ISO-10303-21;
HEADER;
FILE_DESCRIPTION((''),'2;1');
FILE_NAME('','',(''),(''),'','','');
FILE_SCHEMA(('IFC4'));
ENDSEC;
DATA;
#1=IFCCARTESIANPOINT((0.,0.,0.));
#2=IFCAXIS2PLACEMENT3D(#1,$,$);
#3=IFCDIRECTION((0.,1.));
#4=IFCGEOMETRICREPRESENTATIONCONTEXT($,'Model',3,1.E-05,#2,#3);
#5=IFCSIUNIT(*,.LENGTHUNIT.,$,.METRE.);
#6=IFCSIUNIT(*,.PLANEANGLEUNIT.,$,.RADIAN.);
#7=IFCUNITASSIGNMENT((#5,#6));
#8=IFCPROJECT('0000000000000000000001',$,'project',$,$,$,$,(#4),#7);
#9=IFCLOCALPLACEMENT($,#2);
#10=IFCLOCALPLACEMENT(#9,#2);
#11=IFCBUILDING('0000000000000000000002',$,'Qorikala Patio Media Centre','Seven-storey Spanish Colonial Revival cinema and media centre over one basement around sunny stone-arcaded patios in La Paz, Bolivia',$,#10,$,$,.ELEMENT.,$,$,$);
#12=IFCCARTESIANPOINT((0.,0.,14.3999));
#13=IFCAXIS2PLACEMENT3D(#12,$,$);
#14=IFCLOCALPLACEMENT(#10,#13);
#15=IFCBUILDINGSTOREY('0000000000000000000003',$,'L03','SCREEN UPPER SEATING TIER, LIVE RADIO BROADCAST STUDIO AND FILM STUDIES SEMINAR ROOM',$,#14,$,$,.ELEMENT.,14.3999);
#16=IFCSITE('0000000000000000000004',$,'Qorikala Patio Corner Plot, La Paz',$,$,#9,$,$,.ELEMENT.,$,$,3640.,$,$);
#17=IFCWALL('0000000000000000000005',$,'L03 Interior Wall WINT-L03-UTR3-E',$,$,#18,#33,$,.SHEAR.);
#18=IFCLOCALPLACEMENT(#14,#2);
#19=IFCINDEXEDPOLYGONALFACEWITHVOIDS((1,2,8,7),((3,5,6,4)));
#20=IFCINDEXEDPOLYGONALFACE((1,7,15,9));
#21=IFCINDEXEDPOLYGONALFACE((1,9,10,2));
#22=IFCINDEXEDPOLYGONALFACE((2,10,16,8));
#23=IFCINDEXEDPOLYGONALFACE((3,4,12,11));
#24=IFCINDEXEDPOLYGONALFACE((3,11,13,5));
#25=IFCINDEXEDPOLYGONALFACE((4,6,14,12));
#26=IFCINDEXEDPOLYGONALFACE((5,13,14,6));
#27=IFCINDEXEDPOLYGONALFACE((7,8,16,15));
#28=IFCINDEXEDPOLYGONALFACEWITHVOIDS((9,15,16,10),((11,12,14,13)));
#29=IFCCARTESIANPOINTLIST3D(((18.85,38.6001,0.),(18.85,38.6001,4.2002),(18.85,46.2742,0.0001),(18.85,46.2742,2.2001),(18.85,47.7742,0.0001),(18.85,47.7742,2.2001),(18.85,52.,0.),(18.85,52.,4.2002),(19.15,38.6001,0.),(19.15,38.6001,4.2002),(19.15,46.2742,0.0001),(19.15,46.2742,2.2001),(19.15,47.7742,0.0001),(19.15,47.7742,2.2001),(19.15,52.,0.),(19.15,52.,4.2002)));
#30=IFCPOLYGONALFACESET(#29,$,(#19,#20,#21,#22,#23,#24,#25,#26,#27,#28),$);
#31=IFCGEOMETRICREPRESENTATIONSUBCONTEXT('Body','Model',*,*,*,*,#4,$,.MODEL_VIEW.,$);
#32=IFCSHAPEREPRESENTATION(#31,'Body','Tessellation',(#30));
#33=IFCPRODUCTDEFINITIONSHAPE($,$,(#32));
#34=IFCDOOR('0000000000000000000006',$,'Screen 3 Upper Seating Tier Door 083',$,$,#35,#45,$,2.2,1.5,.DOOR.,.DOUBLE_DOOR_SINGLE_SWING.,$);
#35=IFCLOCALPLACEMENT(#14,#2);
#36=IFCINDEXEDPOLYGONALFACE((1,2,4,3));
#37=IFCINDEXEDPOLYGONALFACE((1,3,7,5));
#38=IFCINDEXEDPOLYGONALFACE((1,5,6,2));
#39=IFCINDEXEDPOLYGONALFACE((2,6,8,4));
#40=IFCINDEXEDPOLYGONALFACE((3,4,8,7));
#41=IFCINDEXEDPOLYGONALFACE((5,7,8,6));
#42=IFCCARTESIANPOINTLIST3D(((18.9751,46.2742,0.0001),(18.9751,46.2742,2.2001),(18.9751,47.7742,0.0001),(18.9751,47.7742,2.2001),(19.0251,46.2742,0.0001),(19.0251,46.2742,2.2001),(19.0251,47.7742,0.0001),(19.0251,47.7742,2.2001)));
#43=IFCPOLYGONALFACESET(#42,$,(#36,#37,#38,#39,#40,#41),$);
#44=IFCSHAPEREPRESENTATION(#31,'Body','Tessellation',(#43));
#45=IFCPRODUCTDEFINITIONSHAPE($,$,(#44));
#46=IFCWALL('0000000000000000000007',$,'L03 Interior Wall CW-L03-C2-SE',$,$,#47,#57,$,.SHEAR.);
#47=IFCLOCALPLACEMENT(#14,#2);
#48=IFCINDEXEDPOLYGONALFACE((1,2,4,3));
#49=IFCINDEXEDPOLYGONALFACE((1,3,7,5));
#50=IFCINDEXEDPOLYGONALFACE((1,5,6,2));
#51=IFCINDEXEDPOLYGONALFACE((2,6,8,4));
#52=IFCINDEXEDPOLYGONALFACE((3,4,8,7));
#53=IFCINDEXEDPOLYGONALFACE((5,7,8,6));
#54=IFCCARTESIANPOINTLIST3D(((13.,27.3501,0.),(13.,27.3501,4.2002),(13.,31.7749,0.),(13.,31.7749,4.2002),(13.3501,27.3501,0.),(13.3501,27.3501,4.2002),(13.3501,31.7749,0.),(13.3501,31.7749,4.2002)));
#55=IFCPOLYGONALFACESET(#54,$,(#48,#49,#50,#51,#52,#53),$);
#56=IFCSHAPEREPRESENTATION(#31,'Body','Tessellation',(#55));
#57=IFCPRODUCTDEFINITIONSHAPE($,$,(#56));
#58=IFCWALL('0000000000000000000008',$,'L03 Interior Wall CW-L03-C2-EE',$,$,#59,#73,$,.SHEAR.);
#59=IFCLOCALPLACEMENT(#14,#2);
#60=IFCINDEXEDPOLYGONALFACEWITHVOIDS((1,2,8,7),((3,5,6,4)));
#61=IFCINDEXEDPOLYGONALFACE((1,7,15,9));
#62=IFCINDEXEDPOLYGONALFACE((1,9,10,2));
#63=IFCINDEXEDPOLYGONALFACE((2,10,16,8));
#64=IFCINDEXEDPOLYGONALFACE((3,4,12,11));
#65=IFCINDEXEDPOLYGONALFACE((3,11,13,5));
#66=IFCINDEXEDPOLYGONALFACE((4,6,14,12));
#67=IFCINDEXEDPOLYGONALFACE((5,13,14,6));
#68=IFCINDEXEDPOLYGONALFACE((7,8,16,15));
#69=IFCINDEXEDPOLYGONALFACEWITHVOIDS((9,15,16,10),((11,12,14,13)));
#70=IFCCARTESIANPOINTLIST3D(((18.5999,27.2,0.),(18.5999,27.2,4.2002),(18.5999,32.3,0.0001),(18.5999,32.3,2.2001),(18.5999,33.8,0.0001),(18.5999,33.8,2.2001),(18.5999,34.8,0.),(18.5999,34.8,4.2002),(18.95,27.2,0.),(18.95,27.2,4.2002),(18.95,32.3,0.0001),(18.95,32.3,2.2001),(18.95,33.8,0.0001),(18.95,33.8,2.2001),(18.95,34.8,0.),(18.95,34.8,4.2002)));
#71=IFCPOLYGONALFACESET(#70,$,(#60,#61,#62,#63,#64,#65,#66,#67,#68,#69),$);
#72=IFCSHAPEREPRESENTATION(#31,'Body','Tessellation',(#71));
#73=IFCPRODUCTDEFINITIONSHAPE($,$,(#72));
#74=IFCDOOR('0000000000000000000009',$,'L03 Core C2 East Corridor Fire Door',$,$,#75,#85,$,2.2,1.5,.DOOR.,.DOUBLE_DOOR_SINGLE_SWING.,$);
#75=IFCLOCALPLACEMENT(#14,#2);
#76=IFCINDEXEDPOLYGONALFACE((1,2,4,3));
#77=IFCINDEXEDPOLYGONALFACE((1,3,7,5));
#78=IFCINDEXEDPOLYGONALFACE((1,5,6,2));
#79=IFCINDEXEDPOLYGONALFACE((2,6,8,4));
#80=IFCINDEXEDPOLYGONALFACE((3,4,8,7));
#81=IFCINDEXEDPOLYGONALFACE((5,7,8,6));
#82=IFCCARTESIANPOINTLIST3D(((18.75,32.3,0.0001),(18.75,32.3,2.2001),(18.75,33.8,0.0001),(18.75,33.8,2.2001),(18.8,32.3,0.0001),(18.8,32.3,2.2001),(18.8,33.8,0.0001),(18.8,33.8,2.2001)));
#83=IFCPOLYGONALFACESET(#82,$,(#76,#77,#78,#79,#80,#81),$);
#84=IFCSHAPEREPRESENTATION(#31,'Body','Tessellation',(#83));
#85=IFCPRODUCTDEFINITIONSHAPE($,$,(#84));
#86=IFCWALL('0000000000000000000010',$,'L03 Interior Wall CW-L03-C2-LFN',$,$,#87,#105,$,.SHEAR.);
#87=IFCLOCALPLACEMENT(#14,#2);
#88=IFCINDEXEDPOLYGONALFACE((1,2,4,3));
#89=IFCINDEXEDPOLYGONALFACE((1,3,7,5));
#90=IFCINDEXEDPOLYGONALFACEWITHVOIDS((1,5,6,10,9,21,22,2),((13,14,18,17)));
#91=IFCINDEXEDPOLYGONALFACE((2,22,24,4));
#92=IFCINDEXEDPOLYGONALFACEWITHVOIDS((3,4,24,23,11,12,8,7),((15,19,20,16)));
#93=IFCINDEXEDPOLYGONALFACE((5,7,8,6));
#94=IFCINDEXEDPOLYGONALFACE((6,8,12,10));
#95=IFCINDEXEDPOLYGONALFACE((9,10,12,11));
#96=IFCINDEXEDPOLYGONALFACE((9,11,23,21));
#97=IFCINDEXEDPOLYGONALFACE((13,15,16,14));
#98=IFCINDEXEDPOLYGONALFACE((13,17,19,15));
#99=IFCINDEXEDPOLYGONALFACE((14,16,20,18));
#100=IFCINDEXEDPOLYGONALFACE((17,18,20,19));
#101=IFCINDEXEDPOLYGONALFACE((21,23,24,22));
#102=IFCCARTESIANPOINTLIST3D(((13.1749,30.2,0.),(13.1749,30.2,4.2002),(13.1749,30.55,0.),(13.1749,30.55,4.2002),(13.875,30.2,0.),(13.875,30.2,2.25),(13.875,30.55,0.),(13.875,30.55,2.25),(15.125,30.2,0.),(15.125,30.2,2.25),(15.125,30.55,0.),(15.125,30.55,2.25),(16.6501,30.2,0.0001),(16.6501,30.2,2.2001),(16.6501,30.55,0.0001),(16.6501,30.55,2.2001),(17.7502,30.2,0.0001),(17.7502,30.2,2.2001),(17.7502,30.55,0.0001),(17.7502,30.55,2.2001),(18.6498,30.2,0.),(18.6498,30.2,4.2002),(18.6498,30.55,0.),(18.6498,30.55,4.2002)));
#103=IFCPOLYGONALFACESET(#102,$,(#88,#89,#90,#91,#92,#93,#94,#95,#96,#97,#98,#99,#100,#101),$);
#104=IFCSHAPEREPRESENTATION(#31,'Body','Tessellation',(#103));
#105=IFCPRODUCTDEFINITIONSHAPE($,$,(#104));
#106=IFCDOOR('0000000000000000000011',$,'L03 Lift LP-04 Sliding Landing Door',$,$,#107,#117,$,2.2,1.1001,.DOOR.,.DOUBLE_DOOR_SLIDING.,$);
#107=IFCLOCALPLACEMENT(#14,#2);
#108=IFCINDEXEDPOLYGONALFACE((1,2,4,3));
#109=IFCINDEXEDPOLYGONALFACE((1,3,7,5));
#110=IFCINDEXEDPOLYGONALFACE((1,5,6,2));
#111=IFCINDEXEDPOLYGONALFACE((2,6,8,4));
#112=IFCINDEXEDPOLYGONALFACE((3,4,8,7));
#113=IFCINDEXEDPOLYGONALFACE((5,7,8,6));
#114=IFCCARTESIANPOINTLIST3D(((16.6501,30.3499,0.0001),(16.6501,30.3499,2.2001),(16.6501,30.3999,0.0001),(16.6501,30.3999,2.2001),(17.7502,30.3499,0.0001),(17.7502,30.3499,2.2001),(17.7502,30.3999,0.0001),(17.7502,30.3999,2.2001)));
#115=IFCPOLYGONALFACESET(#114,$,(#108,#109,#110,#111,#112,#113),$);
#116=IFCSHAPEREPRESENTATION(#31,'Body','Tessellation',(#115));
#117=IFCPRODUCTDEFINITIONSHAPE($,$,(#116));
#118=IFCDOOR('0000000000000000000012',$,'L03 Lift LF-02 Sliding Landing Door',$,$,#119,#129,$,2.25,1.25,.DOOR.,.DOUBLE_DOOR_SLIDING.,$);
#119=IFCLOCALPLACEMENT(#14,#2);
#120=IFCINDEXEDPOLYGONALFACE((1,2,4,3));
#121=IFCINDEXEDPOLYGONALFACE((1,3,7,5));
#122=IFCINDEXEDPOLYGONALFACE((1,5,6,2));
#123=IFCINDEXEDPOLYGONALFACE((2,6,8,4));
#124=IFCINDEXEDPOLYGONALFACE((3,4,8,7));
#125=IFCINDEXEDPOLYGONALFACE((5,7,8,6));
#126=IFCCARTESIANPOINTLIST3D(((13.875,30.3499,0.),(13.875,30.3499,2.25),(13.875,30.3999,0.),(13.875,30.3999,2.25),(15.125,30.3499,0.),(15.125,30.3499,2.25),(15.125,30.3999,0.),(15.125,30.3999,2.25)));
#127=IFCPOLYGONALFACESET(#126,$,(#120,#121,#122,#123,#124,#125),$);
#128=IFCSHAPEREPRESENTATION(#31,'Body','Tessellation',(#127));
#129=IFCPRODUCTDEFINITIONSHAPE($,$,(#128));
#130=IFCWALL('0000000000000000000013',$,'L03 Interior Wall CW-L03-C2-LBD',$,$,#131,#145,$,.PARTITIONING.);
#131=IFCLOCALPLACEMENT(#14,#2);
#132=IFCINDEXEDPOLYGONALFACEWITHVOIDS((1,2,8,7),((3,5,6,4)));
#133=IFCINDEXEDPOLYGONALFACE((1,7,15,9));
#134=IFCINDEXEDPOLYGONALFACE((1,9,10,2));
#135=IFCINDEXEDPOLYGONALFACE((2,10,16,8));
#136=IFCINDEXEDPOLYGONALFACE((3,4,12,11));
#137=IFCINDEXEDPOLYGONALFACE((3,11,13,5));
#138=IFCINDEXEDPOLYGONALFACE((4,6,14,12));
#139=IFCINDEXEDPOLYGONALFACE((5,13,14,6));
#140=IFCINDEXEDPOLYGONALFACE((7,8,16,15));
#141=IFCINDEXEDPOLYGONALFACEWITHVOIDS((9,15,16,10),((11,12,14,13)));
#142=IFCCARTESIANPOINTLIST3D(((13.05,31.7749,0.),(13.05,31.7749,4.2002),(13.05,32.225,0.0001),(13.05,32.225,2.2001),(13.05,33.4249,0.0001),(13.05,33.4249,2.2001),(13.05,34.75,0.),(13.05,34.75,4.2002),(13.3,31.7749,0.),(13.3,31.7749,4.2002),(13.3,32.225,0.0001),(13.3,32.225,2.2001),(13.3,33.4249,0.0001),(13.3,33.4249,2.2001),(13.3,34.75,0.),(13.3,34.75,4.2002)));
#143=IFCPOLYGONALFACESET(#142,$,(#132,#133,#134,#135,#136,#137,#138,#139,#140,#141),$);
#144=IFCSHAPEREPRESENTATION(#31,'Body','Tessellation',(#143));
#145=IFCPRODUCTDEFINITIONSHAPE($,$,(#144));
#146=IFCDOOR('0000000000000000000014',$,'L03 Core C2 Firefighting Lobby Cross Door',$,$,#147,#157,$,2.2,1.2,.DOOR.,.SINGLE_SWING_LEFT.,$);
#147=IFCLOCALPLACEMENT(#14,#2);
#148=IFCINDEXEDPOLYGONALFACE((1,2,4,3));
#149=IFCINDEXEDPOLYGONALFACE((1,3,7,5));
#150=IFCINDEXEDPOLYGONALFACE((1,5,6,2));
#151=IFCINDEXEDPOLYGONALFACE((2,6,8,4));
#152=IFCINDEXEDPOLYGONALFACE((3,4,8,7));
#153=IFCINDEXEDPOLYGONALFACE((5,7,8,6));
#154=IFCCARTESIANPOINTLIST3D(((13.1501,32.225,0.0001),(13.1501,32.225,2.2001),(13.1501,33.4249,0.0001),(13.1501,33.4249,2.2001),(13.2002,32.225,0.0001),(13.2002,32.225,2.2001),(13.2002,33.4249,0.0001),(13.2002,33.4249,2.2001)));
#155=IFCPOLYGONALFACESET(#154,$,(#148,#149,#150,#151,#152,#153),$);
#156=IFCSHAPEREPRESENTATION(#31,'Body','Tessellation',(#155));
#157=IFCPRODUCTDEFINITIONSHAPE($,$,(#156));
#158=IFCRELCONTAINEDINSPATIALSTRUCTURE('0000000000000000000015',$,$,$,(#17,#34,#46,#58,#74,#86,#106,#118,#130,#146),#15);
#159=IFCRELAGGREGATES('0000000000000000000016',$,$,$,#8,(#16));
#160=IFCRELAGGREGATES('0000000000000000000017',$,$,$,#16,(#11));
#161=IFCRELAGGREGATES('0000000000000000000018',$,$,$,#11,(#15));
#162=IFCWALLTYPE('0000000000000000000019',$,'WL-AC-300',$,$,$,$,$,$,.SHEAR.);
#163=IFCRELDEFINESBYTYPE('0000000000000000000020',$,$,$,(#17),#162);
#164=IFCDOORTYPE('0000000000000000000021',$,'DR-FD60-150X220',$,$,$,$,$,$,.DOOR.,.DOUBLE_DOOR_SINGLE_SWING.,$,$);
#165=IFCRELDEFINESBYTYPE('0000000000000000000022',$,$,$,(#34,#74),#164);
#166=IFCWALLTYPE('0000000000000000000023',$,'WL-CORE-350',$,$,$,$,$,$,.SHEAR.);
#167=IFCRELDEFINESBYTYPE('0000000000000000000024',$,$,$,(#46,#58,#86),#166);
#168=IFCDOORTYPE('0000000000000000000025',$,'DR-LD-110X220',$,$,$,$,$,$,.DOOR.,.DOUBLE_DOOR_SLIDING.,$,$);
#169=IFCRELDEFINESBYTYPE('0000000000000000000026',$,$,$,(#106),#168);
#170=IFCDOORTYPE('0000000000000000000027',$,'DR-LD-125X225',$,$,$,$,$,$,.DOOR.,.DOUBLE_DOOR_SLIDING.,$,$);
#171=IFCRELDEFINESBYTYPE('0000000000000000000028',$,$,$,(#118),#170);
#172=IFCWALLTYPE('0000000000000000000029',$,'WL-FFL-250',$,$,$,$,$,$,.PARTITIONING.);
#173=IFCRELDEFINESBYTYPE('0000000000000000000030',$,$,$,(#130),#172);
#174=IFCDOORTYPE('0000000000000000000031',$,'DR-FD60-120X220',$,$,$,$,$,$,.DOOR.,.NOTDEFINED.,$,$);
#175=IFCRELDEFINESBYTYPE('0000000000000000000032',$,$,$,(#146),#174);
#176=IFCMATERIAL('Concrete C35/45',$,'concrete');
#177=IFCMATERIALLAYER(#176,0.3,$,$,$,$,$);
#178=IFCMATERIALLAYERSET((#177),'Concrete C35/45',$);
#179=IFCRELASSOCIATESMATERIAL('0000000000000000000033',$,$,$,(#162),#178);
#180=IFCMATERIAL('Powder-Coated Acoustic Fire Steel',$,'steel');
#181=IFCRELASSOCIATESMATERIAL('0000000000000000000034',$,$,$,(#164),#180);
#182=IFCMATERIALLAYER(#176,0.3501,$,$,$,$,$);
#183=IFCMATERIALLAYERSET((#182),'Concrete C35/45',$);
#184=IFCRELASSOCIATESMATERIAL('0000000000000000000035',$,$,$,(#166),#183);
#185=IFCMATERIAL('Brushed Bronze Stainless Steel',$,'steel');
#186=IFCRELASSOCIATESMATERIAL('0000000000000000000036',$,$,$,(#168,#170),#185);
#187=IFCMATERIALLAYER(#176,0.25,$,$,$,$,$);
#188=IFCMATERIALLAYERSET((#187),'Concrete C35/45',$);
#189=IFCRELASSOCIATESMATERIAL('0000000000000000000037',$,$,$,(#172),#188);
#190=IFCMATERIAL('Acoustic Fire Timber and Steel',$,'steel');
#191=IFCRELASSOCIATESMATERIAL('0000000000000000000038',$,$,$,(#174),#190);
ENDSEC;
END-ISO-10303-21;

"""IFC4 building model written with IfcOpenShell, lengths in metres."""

from ifc_helpers import new_model, si_unit, direction, frame, frame_2d, origin, place, context, subcontext, project, spatial, rectangle, extrude, material, layer, layer_set, type_object, element, fill, save


model = new_model("IFC4")

# Units and contexts
model_context = context("Model", 3, precision=1e-05, world=origin(), true_north=direction((0.0, 1.0)))
body_context = subcontext(model_context, "Body", "Model", "MODEL_VIEW")
ifc_project = project(units=[si_unit("LENGTHUNIT", "METRE"), si_unit("PLANEANGLEUNIT", "RADIAN")], contexts=[model_context])

# Site, building, storey
site_placement = place(None, origin())
site = spatial("IfcSite", under=ifc_project, at=site_placement, Name="Qorikala Patio Corner Plot, La Paz", CompositionType="ELEMENT", RefElevation=3640.0)
building_placement = place(site_placement, origin())
building = spatial("IfcBuilding", under=site, at=building_placement, Name="Qorikala Patio Media Centre", Description="Seven-storey Spanish Colonial Revival cinema and media centre over one basement around sunny stone-arcaded patios in La Paz, Bolivia", CompositionType="ELEMENT")
storey_placement = place(building_placement, frame((0.0, 0.0, 14.3999)))
storey = spatial("IfcBuildingStorey", under=building, at=storey_placement, Name="L03", Description="SCREEN UPPER SEATING TIER, LIVE RADIO BROADCAST STUDIO AND FILM STUDIES SEMINAR ROOM", CompositionType="ELEMENT", Elevation=14.3999)

# Shared definitions
ifc_material_1 = material(Name="Concrete C35/45", Category="concrete")

# Wall, opening, door
ifc_layer_1 = layer(ifc_material_1, 0.3)
ifc_layer_set_1 = layer_set([ifc_layer_1], Name="Concrete C35/45")
wall_type_1 = type_object("IfcWallType", Name="WL-AC-300", PredefinedType="SHEAR", material=ifc_layer_set_1)
wall_1_placement = place(storey_placement, frame((19.0, 38.6001, 0.0), z_axis=(0.0, 0.0, 1.0), x_axis=(0.0, 1.0, 0.0)))
wall_1 = element("IfcWall", 1, at=wall_1_placement, inside=storey, type_object=wall_type_1, Name="L03 Interior Wall WINT-L03-UTR3-E", PredefinedType="SHEAR", context=body_context, shape_type="SweptSolid", body=[
    extrude(rectangle(XDim=13.3999, YDim=0.3, at=frame_2d((6.7, 0.0))), origin(), (0.0, 0.0, 1.0), 4.2002),
])
opening_1_placement = place(wall_1_placement, frame((7.6741, 0.0, 0.0)))
opening_1 = element("IfcOpeningElement", 2, at=opening_1_placement, cuts=wall_1, PredefinedType="OPENING", context=body_context, shape_type="SweptSolid", body=[
    extrude(rectangle(XDim=1.5, YDim=2.2, at=frame_2d((0.75, 1.1001))), frame((0.0, 0.1599, 0.0), z_axis=(0.0, -1.0, 0.0), x_axis=(1.0, 0.0, 0.0)), (0.0, 0.0, 1.0), 0.3201),
])
ifc_material_2 = material(Name="Powder-Coated Acoustic Fire Steel", Category="steel")
door_type_1 = type_object("IfcDoorType", Name="DR-FD60-150X220", OperationType="DOUBLE_DOOR_SINGLE_SWING", PredefinedType="DOOR", material=ifc_material_2)
door_1_placement = place(opening_1_placement, origin())
door_1 = element("IfcDoor", 3, at=door_1_placement, inside=storey, type_object=door_type_1, Name="Screen 3 Upper Seating Tier Door 083", OperationType="DOUBLE_DOOR_SINGLE_SWING", OverallHeight=2.2, OverallWidth=1.5, PredefinedType="DOOR", context=body_context, shape_type="SweptSolid", body=[
    extrude(rectangle(XDim=1.5, YDim=2.2, at=frame_2d((0.75, 1.1001))), frame((0.0, 0.0249, 0.0), z_axis=(0.0, -1.0, 0.0), x_axis=(1.0, 0.0, 0.0)), (0.0, 0.0, 1.0), 0.05),
])
fill(opening_1, door_1)

# Wall
ifc_layer_2 = layer(ifc_material_1, 0.3501)
ifc_layer_set_2 = layer_set([ifc_layer_2], Name="Concrete C35/45")
wall_type_2 = type_object("IfcWallType", Name="WL-CORE-350", PredefinedType="SHEAR", material=ifc_layer_set_2)
wall_2_placement = place(storey_placement, frame((13.175, 27.3501, 0.0), z_axis=(0.0, 0.0, 1.0), x_axis=(0.0, 1.0, 0.0)))
element("IfcWall", 4, at=wall_2_placement, inside=storey, type_object=wall_type_2, Name="L03 Interior Wall CW-L03-C2-SE", PredefinedType="SHEAR", context=body_context, shape_type="SweptSolid", body=[
    extrude(rectangle(XDim=4.4248, YDim=0.3501, at=frame_2d((2.2124, 0.0))), origin(), (0.0, 0.0, 1.0), 4.2002),
])

# Wall, opening, door
wall_3_placement = place(storey_placement, frame((18.7749, 27.2, 0.0), z_axis=(0.0, 0.0, 1.0), x_axis=(0.0, 1.0, 0.0)))
wall_3 = element("IfcWall", 5, at=wall_3_placement, inside=storey, type_object=wall_type_2, Name="L03 Interior Wall CW-L03-C2-EE", PredefinedType="SHEAR", context=body_context, shape_type="SweptSolid", body=[
    extrude(rectangle(XDim=7.6001, YDim=0.3501, at=frame_2d((3.8, 0.0))), origin(), (0.0, 0.0, 1.0), 4.2002),
])
opening_2_placement = place(wall_3_placement, frame((5.1001, 0.0, 0.0)))
opening_2 = element("IfcOpeningElement", 6, at=opening_2_placement, cuts=wall_3, PredefinedType="OPENING", context=body_context, shape_type="SweptSolid", body=[
    extrude(rectangle(XDim=1.5, YDim=2.2, at=frame_2d((0.75, 1.1001))), frame((0.0, 0.1851, 0.0), z_axis=(0.0, -1.0, 0.0), x_axis=(1.0, 0.0, 0.0)), (0.0, 0.0, 1.0), 0.3701),
])
door_2_placement = place(opening_2_placement, origin())
door_2 = element("IfcDoor", 7, at=door_2_placement, inside=storey, type_object=door_type_1, Name="L03 Core C2 East Corridor Fire Door", OperationType="DOUBLE_DOOR_SINGLE_SWING", OverallHeight=2.2, OverallWidth=1.5, PredefinedType="DOOR", context=body_context, shape_type="SweptSolid", body=[
    extrude(rectangle(XDim=1.5, YDim=2.2, at=frame_2d((0.75, 1.1001))), frame((0.0, 0.0249, 0.0), z_axis=(0.0, -1.0, 0.0), x_axis=(1.0, 0.0, 0.0)), (0.0, 0.0, 1.0), 0.05),
])
fill(opening_2, door_2)

# Wall, openings, doors
wall_4_placement = place(storey_placement, frame((13.175, 30.375, 0.0), z_axis=(0.0, 0.0, 1.0), x_axis=(1.0, 0.0, 0.0)))
wall_4 = element("IfcWall", 8, at=wall_4_placement, inside=storey, type_object=wall_type_2, Name="L03 Interior Wall CW-L03-C2-LFN", PredefinedType="SHEAR", context=body_context, shape_type="SweptSolid", body=[
    extrude(rectangle(XDim=5.4749, YDim=0.3501, at=frame_2d((2.7373, 0.0))), origin(), (0.0, 0.0, 1.0), 4.2002),
])
opening_3_placement = place(wall_4_placement, frame((0.7, 0.0, 0.0)))
opening_3 = element("IfcOpeningElement", 9, at=opening_3_placement, cuts=wall_4, PredefinedType="OPENING", context=body_context, shape_type="SweptSolid", body=[
    extrude(rectangle(XDim=1.25, YDim=2.25, at=frame_2d((0.625, 1.125))), frame((0.0, 0.1851, 0.0), z_axis=(0.0, -1.0, 0.0), x_axis=(1.0, 0.0, 0.0)), (0.0, 0.0, 1.0), 0.3701),
])
opening_4_placement = place(wall_4_placement, frame((3.4751, 0.0, 0.0)))
opening_4 = element("IfcOpeningElement", 10, at=opening_4_placement, cuts=wall_4, PredefinedType="OPENING", context=body_context, shape_type="SweptSolid", body=[
    extrude(rectangle(XDim=1.1001, YDim=2.2, at=frame_2d((0.55, 1.1001))), frame((0.0, 0.1851, 0.0), z_axis=(0.0, -1.0, 0.0), x_axis=(1.0, 0.0, 0.0)), (0.0, 0.0, 1.0), 0.3701),
])
ifc_material_3 = material(Name="Brushed Bronze Stainless Steel", Category="steel")
door_type_2 = type_object("IfcDoorType", Name="DR-LD-110X220", OperationType="DOUBLE_DOOR_SLIDING", PredefinedType="DOOR", material=ifc_material_3)
door_3_placement = place(opening_4_placement, origin())
door_3 = element("IfcDoor", 11, at=door_3_placement, inside=storey, type_object=door_type_2, Name="L03 Lift LP-04 Sliding Landing Door", OperationType="DOUBLE_DOOR_SLIDING", OverallHeight=2.2, OverallWidth=1.1001, PredefinedType="DOOR", context=body_context, shape_type="SweptSolid", body=[
    extrude(rectangle(XDim=1.1001, YDim=2.2, at=frame_2d((0.55, 1.1001))), frame((0.0, 0.0249, 0.0), z_axis=(0.0, -1.0, 0.0), x_axis=(1.0, 0.0, 0.0)), (0.0, 0.0, 1.0), 0.05),
])
fill(opening_4, door_3)
door_type_3 = type_object("IfcDoorType", Name="DR-LD-125X225", OperationType="DOUBLE_DOOR_SLIDING", PredefinedType="DOOR", material=ifc_material_3)
door_4_placement = place(opening_3_placement, origin())
door_4 = element("IfcDoor", 12, at=door_4_placement, inside=storey, type_object=door_type_3, Name="L03 Lift LF-02 Sliding Landing Door", OperationType="DOUBLE_DOOR_SLIDING", OverallHeight=2.25, OverallWidth=1.25, PredefinedType="DOOR", context=body_context, shape_type="SweptSolid", body=[
    extrude(rectangle(XDim=1.25, YDim=2.25, at=frame_2d((0.625, 1.125))), frame((0.0, 0.0249, 0.0), z_axis=(0.0, -1.0, 0.0), x_axis=(1.0, 0.0, 0.0)), (0.0, 0.0, 1.0), 0.05),
])
fill(opening_3, door_4)

# Wall, opening, door
ifc_layer_3 = layer(ifc_material_1, 0.25)
ifc_layer_set_3 = layer_set([ifc_layer_3], Name="Concrete C35/45")
wall_type_3 = type_object("IfcWallType", Name="WL-FFL-250", PredefinedType="PARTITIONING", material=ifc_layer_set_3)
wall_5_placement = place(storey_placement, frame((13.175, 31.7749, 0.0), z_axis=(0.0, 0.0, 1.0), x_axis=(0.0, 1.0, 0.0)))
wall_5 = element("IfcWall", 13, at=wall_5_placement, inside=storey, type_object=wall_type_3, Name="L03 Interior Wall CW-L03-C2-LBD", PredefinedType="PARTITIONING", context=body_context, shape_type="SweptSolid", body=[
    extrude(rectangle(XDim=2.9751, YDim=0.25, at=frame_2d((1.4875, 0.0))), origin(), (0.0, 0.0, 1.0), 4.2002),
])
opening_5_placement = place(wall_5_placement, frame((0.45, 0.0, 0.0)))
opening_5 = element("IfcOpeningElement", 14, at=opening_5_placement, cuts=wall_5, PredefinedType="OPENING", context=body_context, shape_type="SweptSolid", body=[
    extrude(rectangle(XDim=1.2, YDim=2.2, at=frame_2d((0.6001, 1.1001))), frame((0.0, 0.135, 0.0), z_axis=(0.0, -1.0, 0.0), x_axis=(1.0, 0.0, 0.0)), (0.0, 0.0, 1.0), 0.27),
])
ifc_material_4 = material(Name="Acoustic Fire Timber and Steel", Category="steel")
door_type_4 = type_object("IfcDoorType", Name="DR-FD60-120X220", OperationType="NOTDEFINED", PredefinedType="DOOR", material=ifc_material_4)
door_5_placement = place(opening_5_placement, origin())
door_5 = element("IfcDoor", 15, at=door_5_placement, inside=storey, type_object=door_type_4, Name="L03 Core C2 Firefighting Lobby Cross Door", OperationType="SINGLE_SWING_LEFT", OverallHeight=2.2, OverallWidth=1.2, PredefinedType="DOOR", context=body_context, shape_type="SweptSolid", body=[
    extrude(rectangle(XDim=1.2, YDim=2.2, at=frame_2d((0.6001, 1.1001))), frame((0.0, 0.0249, 0.0), z_axis=(0.0, -1.0, 0.0), x_axis=(1.0, 0.0, 0.0)), (0.0, 0.0, 1.0), 0.05),
])
fill(opening_5, door_5)

save(model, "model.ifc")
